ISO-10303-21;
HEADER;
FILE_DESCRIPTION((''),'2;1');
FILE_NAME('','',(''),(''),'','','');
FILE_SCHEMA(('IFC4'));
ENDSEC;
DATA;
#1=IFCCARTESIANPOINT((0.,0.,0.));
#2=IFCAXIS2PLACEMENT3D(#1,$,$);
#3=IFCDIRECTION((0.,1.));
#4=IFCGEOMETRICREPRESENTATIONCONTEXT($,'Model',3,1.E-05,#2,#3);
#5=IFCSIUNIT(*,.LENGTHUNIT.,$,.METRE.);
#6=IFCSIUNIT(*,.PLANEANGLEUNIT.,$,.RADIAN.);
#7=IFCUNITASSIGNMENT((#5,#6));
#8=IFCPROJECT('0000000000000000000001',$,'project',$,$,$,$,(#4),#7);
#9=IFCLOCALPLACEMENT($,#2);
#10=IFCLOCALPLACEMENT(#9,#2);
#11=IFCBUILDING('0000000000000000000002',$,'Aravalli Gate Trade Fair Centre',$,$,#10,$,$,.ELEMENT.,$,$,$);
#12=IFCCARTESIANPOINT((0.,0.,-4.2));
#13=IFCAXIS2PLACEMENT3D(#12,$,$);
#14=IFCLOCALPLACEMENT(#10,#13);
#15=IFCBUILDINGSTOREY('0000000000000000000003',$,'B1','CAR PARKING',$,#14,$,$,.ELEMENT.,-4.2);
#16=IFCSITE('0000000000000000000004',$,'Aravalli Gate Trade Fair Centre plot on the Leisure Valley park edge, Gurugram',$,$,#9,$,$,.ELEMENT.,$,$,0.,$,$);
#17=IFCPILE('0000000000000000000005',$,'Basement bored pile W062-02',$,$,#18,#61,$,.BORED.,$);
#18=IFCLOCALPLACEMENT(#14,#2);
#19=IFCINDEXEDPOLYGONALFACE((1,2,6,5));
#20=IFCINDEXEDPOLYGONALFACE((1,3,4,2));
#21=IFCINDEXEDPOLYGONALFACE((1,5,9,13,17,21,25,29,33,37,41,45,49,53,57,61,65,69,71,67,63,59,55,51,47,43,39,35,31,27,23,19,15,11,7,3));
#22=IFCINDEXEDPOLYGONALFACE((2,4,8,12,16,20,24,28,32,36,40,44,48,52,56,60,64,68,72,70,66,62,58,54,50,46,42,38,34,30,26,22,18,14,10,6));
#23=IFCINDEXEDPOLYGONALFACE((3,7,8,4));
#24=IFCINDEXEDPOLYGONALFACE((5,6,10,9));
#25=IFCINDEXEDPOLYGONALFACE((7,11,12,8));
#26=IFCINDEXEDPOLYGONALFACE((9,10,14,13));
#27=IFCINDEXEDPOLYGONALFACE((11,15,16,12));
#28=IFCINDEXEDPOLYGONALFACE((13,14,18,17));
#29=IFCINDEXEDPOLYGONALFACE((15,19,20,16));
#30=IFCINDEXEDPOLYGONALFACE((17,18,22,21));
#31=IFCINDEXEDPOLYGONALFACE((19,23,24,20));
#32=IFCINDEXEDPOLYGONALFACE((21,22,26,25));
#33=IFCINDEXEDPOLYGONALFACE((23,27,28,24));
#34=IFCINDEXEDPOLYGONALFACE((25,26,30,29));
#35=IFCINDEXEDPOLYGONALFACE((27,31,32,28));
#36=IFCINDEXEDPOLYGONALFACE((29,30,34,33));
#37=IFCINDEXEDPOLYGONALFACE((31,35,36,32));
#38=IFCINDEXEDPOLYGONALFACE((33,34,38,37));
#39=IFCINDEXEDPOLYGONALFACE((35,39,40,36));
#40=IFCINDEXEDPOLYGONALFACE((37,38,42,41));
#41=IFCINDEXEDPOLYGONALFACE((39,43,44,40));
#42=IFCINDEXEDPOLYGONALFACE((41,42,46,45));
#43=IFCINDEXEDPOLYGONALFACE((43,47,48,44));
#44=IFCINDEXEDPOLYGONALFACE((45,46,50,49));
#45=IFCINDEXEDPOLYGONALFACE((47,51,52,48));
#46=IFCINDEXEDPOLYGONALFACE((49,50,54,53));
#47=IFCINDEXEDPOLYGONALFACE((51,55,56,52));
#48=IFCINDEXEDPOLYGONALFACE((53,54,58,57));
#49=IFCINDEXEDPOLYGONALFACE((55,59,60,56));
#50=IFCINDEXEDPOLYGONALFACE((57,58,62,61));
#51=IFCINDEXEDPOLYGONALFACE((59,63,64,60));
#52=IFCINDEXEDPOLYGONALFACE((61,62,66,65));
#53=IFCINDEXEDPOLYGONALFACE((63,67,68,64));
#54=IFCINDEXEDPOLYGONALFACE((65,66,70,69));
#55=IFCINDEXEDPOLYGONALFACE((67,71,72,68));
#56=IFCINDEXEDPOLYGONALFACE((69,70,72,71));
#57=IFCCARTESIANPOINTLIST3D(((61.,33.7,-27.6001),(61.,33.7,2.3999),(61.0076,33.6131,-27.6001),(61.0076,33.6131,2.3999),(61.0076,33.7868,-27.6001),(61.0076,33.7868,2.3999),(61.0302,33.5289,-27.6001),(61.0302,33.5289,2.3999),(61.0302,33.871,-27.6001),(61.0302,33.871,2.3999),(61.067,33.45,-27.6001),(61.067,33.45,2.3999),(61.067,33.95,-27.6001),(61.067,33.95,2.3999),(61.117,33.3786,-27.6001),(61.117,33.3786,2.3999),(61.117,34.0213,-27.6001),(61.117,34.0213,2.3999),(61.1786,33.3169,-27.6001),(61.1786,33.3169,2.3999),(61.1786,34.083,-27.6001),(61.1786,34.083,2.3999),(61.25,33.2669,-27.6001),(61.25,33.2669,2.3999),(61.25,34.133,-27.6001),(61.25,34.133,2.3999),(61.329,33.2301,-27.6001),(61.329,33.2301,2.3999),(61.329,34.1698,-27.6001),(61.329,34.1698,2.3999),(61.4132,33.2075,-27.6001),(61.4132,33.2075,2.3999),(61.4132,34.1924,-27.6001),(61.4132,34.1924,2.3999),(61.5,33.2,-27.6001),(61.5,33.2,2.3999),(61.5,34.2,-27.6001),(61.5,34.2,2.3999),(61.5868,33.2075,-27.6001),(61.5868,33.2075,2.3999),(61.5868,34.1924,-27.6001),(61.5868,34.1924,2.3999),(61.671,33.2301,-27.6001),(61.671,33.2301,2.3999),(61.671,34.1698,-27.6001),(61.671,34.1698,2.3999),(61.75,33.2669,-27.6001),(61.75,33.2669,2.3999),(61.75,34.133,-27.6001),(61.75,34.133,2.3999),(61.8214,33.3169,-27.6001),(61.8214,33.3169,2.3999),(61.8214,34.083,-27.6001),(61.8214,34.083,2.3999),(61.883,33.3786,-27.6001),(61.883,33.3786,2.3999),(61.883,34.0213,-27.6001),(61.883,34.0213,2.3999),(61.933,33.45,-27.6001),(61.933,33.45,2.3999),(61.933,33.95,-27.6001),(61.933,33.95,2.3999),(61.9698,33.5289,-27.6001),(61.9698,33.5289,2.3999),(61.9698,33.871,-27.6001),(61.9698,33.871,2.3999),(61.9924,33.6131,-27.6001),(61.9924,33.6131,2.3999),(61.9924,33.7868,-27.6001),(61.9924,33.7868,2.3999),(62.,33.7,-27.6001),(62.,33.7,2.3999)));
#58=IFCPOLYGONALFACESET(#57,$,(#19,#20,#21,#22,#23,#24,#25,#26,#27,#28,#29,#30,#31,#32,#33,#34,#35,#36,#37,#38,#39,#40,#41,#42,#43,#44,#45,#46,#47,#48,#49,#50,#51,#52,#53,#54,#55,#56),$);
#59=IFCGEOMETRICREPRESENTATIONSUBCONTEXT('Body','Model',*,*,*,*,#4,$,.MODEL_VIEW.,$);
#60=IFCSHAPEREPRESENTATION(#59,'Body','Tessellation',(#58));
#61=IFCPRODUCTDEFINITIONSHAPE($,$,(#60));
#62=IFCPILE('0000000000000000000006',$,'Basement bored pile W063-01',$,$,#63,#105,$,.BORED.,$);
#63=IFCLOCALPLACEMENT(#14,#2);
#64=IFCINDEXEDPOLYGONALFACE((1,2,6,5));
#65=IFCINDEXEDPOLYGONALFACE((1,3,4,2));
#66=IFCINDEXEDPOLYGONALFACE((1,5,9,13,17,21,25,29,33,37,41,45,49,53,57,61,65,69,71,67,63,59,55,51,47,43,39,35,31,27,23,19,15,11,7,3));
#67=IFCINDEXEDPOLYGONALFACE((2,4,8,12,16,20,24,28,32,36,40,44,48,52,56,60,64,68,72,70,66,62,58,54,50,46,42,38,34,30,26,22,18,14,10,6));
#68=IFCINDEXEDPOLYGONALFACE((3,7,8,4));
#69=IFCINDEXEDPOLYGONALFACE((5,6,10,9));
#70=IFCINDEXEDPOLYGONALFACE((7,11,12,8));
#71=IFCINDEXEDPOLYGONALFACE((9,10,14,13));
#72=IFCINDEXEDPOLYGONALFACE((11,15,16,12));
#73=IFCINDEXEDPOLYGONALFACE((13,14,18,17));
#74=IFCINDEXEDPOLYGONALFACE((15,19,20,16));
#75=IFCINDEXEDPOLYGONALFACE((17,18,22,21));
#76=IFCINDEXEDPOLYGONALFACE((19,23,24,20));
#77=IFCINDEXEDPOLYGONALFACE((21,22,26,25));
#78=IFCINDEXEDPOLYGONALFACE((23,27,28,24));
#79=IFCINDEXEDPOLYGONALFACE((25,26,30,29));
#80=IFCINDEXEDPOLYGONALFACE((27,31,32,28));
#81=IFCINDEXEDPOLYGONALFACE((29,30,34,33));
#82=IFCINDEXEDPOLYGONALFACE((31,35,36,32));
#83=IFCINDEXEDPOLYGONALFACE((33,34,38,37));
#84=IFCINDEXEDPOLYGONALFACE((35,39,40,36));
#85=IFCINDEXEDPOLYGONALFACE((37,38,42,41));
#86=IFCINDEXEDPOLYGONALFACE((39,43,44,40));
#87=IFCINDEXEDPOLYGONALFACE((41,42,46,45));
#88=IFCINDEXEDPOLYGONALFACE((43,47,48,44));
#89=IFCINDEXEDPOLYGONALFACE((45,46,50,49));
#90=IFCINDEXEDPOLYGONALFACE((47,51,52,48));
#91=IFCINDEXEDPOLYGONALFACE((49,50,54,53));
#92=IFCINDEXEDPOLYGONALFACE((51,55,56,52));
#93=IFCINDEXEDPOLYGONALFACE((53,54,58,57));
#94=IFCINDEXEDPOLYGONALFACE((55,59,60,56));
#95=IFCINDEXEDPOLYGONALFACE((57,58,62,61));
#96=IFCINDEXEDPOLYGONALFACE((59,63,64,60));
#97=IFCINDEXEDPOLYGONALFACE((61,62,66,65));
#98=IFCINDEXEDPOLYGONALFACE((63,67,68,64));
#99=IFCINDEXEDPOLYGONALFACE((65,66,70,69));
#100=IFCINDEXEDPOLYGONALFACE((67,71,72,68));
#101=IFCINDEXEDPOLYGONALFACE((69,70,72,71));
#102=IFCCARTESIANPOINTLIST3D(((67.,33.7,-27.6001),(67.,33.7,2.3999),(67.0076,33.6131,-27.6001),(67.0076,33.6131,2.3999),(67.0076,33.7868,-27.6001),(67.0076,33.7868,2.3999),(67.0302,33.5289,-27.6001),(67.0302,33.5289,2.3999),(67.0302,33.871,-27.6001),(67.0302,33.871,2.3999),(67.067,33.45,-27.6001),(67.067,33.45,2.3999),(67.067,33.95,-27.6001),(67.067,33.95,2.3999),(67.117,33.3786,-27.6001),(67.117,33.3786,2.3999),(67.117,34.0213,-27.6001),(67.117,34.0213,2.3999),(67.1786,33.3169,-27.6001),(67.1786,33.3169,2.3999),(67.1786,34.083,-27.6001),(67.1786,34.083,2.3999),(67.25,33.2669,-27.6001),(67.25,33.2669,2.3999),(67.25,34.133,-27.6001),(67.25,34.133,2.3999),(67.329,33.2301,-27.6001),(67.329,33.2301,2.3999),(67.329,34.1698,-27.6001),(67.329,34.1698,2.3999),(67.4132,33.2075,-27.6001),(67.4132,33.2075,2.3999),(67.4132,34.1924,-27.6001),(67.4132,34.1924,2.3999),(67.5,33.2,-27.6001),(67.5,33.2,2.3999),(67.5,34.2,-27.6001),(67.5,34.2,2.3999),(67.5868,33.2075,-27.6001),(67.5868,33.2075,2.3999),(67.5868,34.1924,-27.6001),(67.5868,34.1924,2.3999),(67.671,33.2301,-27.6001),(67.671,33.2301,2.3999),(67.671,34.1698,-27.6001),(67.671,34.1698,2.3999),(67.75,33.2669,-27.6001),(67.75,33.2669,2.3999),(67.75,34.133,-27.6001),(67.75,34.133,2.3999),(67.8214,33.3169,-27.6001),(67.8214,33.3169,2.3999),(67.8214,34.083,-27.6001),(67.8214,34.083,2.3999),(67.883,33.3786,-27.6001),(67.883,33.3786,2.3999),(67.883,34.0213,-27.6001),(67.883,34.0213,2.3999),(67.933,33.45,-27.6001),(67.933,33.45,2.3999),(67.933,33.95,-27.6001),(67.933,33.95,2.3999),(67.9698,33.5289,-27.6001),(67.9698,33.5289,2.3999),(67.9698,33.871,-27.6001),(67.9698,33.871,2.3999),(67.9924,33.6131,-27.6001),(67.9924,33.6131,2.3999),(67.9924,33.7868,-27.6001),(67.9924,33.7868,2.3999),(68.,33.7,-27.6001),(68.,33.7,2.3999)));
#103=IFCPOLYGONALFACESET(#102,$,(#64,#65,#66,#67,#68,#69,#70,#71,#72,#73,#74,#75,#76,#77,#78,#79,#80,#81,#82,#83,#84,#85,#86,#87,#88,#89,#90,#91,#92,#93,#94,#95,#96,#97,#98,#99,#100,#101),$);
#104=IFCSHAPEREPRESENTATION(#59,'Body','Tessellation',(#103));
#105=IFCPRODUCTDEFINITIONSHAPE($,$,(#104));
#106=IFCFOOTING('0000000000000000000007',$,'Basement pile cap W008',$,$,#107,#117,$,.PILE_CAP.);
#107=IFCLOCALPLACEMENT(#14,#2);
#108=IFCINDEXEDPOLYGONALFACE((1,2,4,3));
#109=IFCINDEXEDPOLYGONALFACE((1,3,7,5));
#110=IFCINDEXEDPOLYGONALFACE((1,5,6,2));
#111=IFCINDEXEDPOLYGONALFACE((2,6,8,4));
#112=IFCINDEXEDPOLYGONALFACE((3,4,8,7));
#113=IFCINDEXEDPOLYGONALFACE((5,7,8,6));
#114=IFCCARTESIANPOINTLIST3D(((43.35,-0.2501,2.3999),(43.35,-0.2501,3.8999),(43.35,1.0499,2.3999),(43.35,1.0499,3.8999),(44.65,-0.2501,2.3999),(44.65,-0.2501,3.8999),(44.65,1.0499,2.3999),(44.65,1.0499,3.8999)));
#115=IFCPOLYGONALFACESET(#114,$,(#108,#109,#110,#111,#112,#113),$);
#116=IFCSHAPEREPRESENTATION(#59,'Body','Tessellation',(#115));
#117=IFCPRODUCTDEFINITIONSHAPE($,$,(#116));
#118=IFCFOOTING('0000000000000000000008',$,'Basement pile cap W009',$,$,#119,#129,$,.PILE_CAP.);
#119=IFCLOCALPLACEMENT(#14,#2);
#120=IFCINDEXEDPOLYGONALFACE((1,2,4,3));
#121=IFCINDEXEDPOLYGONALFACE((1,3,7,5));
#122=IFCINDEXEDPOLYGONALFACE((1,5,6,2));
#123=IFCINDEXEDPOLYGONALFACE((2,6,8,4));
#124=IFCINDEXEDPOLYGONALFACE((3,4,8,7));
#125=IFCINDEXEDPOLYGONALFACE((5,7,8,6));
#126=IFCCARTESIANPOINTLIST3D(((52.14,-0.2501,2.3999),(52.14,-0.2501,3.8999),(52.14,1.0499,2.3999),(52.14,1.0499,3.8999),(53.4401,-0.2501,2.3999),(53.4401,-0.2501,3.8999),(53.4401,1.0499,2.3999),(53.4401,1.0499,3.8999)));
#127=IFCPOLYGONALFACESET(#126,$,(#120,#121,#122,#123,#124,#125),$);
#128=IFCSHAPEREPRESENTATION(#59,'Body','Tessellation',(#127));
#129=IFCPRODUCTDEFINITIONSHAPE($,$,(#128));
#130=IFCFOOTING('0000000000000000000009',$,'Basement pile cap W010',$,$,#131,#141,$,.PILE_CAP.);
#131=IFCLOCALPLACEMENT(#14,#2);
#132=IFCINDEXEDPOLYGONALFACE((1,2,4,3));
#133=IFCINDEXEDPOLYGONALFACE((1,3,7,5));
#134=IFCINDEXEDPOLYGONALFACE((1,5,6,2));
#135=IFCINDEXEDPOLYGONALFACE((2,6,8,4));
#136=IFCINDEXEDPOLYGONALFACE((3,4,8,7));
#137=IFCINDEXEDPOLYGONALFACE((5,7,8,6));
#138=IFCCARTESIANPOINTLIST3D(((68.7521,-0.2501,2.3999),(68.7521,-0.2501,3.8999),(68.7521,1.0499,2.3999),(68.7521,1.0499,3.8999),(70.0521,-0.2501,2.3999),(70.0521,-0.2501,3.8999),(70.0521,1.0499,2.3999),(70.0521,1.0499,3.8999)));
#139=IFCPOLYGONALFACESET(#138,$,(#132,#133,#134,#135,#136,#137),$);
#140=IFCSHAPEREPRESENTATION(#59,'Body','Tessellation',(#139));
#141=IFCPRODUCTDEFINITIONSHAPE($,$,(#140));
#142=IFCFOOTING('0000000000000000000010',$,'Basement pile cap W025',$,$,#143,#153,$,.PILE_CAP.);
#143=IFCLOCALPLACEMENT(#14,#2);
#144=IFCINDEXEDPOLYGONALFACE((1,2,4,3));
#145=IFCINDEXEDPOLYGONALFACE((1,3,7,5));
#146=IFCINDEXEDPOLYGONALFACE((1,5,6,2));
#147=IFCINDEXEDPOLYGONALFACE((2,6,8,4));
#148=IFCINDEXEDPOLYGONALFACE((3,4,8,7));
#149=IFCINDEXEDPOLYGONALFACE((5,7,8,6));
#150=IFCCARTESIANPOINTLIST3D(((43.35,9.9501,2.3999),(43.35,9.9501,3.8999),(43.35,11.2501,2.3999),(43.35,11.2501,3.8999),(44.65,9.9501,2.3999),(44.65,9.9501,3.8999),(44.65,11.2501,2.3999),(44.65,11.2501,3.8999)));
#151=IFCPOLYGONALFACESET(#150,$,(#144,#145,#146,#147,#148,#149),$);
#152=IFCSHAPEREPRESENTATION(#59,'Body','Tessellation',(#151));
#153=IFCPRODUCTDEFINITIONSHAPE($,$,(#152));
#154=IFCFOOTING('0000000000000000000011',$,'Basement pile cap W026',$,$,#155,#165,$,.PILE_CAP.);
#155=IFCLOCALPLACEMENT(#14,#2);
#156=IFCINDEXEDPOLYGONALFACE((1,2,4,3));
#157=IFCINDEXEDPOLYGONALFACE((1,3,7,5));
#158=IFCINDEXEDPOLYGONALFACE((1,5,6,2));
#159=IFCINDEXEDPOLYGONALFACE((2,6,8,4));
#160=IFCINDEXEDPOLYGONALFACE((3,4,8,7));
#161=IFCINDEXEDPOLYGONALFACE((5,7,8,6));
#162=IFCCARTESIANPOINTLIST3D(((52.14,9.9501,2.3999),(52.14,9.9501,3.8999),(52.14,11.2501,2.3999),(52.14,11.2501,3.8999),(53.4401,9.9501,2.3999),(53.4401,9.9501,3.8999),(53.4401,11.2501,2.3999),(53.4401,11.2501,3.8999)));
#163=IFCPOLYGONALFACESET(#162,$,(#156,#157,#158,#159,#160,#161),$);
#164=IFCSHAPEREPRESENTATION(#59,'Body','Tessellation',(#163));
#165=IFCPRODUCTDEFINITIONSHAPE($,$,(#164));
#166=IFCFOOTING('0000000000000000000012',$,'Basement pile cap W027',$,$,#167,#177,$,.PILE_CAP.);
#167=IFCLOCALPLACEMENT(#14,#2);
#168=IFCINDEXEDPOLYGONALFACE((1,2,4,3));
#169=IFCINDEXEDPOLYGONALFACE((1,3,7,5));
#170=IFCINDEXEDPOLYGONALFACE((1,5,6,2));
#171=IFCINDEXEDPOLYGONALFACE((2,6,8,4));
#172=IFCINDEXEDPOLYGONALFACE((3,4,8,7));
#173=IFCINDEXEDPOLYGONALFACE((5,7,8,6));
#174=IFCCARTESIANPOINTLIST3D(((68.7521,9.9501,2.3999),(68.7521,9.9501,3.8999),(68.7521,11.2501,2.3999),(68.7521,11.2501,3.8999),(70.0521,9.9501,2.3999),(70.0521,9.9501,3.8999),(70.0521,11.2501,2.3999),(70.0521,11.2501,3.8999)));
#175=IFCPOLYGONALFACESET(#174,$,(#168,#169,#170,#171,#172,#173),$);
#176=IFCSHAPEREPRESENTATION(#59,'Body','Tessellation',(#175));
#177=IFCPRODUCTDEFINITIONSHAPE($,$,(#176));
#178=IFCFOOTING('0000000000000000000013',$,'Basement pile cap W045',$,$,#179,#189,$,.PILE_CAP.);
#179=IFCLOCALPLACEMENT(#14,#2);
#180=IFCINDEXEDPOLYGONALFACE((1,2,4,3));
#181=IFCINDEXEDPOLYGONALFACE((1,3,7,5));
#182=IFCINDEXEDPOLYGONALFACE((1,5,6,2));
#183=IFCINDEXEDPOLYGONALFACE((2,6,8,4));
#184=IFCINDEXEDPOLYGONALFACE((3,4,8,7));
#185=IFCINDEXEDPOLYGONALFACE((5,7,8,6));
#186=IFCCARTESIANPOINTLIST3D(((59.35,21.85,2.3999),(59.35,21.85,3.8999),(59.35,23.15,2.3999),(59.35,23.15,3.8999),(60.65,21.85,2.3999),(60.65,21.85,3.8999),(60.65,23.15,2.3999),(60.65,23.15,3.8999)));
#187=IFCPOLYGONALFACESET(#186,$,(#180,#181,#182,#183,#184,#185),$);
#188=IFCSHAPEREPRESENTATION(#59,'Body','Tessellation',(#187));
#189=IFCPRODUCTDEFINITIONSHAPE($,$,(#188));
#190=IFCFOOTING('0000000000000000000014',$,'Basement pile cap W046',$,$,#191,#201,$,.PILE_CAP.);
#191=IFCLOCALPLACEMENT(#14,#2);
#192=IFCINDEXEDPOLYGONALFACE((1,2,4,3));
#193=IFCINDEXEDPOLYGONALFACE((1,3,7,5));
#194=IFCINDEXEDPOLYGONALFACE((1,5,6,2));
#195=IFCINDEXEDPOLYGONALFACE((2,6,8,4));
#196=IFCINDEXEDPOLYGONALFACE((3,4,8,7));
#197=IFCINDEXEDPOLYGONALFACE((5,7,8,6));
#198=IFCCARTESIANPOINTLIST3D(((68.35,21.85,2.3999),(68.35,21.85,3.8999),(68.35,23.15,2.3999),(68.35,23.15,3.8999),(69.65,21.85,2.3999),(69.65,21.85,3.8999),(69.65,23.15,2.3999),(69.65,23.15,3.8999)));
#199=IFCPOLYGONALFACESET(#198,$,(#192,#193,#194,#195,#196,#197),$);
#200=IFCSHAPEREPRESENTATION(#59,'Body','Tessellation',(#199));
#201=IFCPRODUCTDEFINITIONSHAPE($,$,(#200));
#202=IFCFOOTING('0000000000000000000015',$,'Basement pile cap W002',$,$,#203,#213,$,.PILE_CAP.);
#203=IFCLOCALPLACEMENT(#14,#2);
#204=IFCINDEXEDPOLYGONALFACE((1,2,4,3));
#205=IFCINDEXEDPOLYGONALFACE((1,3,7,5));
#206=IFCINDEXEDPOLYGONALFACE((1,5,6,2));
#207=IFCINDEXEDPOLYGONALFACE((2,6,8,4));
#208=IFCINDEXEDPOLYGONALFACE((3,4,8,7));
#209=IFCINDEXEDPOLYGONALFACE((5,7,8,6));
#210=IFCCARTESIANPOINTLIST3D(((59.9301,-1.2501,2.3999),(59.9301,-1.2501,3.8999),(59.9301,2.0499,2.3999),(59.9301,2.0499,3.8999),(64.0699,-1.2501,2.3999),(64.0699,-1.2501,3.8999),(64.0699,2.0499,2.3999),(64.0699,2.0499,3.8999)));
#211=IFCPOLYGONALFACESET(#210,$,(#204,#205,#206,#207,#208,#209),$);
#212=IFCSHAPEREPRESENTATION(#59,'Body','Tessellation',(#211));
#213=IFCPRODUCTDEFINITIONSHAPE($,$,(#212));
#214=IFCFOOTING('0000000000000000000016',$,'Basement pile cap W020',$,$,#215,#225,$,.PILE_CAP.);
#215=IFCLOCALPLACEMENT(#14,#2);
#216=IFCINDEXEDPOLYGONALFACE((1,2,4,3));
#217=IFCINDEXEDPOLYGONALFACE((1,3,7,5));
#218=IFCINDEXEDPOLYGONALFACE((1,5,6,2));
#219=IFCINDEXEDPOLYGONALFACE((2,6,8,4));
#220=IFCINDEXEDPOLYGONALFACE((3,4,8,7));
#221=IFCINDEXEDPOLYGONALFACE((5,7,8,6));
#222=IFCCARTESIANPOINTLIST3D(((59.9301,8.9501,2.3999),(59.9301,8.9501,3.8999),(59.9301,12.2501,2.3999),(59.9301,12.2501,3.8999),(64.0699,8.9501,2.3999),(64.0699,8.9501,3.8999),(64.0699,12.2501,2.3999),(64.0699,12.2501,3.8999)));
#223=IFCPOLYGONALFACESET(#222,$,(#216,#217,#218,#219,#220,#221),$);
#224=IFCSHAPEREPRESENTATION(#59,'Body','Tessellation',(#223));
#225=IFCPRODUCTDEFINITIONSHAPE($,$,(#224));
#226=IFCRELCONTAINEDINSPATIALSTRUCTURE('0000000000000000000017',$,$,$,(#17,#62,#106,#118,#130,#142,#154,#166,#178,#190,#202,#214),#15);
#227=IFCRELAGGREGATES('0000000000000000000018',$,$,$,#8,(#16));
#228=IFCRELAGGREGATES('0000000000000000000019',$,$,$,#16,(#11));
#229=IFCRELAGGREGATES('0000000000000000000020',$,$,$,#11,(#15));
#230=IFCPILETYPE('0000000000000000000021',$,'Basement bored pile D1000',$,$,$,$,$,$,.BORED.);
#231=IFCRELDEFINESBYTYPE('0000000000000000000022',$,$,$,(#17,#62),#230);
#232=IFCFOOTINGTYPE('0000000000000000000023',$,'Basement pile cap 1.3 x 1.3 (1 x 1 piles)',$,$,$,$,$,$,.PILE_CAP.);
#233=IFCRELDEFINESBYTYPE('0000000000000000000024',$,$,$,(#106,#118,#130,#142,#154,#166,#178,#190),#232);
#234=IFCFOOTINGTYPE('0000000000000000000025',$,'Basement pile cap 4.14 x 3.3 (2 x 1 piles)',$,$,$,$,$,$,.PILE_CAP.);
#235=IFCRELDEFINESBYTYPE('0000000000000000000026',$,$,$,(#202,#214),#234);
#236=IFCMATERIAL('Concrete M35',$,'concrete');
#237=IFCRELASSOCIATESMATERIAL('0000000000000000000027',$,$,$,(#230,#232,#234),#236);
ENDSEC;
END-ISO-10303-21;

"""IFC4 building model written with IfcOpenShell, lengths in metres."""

from ifc_helpers import new_model, si_unit, direction, frame, origin, origin_2d, place, context, subcontext, project, spatial, rectangle, circle, extrude, material, material_profile, profile_set, type_object, element, save


model = new_model("IFC4")

# Units and contexts
model_context = context("Model", 3, precision=1e-05, world=origin(), true_north=direction((0.0, 1.0)))
body_context = subcontext(model_context, "Body", "Model", "MODEL_VIEW")
ifc_project = project(units=[si_unit("LENGTHUNIT", "METRE"), si_unit("PLANEANGLEUNIT", "RADIAN")], contexts=[model_context])

# Site, building, storey
site_placement = place(None, origin())
site = spatial("IfcSite", under=ifc_project, at=site_placement, Name="Aravalli Gate Trade Fair Centre plot on the Leisure Valley park edge, Gurugram", CompositionType="ELEMENT", RefElevation=0.0)
building_placement = place(site_placement, origin())
building = spatial("IfcBuilding", under=site, at=building_placement, Name="Aravalli Gate Trade Fair Centre", CompositionType="ELEMENT")
storey_placement = place(building_placement, frame((0.0, 0.0, -4.2)))
storey = spatial("IfcBuildingStorey", under=building, at=storey_placement, Name="B1", Description="CAR PARKING", CompositionType="ELEMENT", Elevation=-4.2)

# Piles
ifc_material_1 = material(Name="Concrete M35", Category="concrete")
ifc_material_profile = material_profile(ifc_material_1, circle(Radius=0.5, at=origin_2d()), Name="D1000")
ifc_profile_set = profile_set([ifc_material_profile], Name="Concrete M35")
pile_type = type_object("IfcPileType", Name="Basement bored pile D1000", PredefinedType="BORED", material=ifc_profile_set)
for number, where, z_axis, x_axis, name in (
    (1, (61.5, 33.7, 2.3999), (0.0, 0.0, -1.0), (1.0, 0.0, 0.0), "Basement bored pile W062-02"),
    (2, (67.5, 33.7, 2.3999), (0.0, 0.0, -1.0), (1.0, 0.0, 0.0), "Basement bored pile W063-01"),
):
    element("IfcPile", number, at=place(storey_placement, frame(where, z_axis=z_axis, x_axis=x_axis)), inside=storey, type_object=pile_type, Name=name, PredefinedType="BORED", context=body_context, shape_type="SweptSolid", body=[
        extrude(circle(Radius=0.5, at=origin_2d()), origin(), (0.0, 0.0, 1.0), 30.0),
    ])

# Footings
footing_type_1 = type_object("IfcFootingType", Name="Basement pile cap 1.3 x 1.3 (1 x 1 piles)", PredefinedType="PILE_CAP", material=ifc_material_1)
for number, where, z_axis, x_axis, name in (
    (3, (44.0, 0.3999, 2.3999), (0.0, 0.0, 1.0), (1.0, 0.0, 0.0), "Basement pile cap W008"),
    (4, (52.79, 0.3999, 2.3999), (0.0, 0.0, 1.0), (1.0, 0.0, 0.0), "Basement pile cap W009"),
    (5, (69.4021, 0.3999, 2.3999), (0.0, 0.0, 1.0), (1.0, 0.0, 0.0), "Basement pile cap W010"),
    (6, (44.0, 10.6001, 2.3999), (0.0, 0.0, 1.0), (1.0, 0.0, 0.0), "Basement pile cap W025"),
    (7, (52.79, 10.6001, 2.3999), (0.0, 0.0, 1.0), (1.0, 0.0, 0.0), "Basement pile cap W026"),
    (8, (69.4021, 10.6001, 2.3999), (0.0, 0.0, 1.0), (1.0, 0.0, 0.0), "Basement pile cap W027"),
    (9, (60.0, 22.5, 2.3999), (0.0, 0.0, 1.0), (1.0, 0.0, 0.0), "Basement pile cap W045"),
    (10, (69.0, 22.5, 2.3999), (0.0, 0.0, 1.0), (1.0, 0.0, 0.0), "Basement pile cap W046"),
):
    element("IfcFooting", number, at=place(storey_placement, frame(where, z_axis=z_axis, x_axis=x_axis)), inside=storey, type_object=footing_type_1, Name=name, PredefinedType="PILE_CAP", context=body_context, shape_type="SweptSolid", body=[
        extrude(rectangle(XDim=1.3, YDim=1.3, at=origin_2d()), origin(), (0.0, 0.0, 1.0), 1.5),
    ])
footing_type_2 = type_object("IfcFootingType", Name="Basement pile cap 4.14 x 3.3 (2 x 1 piles)", PredefinedType="PILE_CAP", material=ifc_material_1)
for number, where, z_axis, x_axis, name in (
    (11, (62.0, 0.3999, 2.3999), (0.0, 0.0, 1.0), (1.0, 0.0, 0.0), "Basement pile cap W002"),
    (12, (62.0, 10.6001, 2.3999), (0.0, 0.0, 1.0), (1.0, 0.0, 0.0), "Basement pile cap W020"),
):
    element("IfcFooting", number, at=place(storey_placement, frame(where, z_axis=z_axis, x_axis=x_axis)), inside=storey, type_object=footing_type_2, Name=name, PredefinedType="PILE_CAP", context=body_context, shape_type="SweptSolid", body=[
        extrude(rectangle(XDim=4.1399, YDim=3.3, at=origin_2d()), origin(), (0.0, 0.0, 1.0), 1.5),
    ])

save(model, "model.ifc")
